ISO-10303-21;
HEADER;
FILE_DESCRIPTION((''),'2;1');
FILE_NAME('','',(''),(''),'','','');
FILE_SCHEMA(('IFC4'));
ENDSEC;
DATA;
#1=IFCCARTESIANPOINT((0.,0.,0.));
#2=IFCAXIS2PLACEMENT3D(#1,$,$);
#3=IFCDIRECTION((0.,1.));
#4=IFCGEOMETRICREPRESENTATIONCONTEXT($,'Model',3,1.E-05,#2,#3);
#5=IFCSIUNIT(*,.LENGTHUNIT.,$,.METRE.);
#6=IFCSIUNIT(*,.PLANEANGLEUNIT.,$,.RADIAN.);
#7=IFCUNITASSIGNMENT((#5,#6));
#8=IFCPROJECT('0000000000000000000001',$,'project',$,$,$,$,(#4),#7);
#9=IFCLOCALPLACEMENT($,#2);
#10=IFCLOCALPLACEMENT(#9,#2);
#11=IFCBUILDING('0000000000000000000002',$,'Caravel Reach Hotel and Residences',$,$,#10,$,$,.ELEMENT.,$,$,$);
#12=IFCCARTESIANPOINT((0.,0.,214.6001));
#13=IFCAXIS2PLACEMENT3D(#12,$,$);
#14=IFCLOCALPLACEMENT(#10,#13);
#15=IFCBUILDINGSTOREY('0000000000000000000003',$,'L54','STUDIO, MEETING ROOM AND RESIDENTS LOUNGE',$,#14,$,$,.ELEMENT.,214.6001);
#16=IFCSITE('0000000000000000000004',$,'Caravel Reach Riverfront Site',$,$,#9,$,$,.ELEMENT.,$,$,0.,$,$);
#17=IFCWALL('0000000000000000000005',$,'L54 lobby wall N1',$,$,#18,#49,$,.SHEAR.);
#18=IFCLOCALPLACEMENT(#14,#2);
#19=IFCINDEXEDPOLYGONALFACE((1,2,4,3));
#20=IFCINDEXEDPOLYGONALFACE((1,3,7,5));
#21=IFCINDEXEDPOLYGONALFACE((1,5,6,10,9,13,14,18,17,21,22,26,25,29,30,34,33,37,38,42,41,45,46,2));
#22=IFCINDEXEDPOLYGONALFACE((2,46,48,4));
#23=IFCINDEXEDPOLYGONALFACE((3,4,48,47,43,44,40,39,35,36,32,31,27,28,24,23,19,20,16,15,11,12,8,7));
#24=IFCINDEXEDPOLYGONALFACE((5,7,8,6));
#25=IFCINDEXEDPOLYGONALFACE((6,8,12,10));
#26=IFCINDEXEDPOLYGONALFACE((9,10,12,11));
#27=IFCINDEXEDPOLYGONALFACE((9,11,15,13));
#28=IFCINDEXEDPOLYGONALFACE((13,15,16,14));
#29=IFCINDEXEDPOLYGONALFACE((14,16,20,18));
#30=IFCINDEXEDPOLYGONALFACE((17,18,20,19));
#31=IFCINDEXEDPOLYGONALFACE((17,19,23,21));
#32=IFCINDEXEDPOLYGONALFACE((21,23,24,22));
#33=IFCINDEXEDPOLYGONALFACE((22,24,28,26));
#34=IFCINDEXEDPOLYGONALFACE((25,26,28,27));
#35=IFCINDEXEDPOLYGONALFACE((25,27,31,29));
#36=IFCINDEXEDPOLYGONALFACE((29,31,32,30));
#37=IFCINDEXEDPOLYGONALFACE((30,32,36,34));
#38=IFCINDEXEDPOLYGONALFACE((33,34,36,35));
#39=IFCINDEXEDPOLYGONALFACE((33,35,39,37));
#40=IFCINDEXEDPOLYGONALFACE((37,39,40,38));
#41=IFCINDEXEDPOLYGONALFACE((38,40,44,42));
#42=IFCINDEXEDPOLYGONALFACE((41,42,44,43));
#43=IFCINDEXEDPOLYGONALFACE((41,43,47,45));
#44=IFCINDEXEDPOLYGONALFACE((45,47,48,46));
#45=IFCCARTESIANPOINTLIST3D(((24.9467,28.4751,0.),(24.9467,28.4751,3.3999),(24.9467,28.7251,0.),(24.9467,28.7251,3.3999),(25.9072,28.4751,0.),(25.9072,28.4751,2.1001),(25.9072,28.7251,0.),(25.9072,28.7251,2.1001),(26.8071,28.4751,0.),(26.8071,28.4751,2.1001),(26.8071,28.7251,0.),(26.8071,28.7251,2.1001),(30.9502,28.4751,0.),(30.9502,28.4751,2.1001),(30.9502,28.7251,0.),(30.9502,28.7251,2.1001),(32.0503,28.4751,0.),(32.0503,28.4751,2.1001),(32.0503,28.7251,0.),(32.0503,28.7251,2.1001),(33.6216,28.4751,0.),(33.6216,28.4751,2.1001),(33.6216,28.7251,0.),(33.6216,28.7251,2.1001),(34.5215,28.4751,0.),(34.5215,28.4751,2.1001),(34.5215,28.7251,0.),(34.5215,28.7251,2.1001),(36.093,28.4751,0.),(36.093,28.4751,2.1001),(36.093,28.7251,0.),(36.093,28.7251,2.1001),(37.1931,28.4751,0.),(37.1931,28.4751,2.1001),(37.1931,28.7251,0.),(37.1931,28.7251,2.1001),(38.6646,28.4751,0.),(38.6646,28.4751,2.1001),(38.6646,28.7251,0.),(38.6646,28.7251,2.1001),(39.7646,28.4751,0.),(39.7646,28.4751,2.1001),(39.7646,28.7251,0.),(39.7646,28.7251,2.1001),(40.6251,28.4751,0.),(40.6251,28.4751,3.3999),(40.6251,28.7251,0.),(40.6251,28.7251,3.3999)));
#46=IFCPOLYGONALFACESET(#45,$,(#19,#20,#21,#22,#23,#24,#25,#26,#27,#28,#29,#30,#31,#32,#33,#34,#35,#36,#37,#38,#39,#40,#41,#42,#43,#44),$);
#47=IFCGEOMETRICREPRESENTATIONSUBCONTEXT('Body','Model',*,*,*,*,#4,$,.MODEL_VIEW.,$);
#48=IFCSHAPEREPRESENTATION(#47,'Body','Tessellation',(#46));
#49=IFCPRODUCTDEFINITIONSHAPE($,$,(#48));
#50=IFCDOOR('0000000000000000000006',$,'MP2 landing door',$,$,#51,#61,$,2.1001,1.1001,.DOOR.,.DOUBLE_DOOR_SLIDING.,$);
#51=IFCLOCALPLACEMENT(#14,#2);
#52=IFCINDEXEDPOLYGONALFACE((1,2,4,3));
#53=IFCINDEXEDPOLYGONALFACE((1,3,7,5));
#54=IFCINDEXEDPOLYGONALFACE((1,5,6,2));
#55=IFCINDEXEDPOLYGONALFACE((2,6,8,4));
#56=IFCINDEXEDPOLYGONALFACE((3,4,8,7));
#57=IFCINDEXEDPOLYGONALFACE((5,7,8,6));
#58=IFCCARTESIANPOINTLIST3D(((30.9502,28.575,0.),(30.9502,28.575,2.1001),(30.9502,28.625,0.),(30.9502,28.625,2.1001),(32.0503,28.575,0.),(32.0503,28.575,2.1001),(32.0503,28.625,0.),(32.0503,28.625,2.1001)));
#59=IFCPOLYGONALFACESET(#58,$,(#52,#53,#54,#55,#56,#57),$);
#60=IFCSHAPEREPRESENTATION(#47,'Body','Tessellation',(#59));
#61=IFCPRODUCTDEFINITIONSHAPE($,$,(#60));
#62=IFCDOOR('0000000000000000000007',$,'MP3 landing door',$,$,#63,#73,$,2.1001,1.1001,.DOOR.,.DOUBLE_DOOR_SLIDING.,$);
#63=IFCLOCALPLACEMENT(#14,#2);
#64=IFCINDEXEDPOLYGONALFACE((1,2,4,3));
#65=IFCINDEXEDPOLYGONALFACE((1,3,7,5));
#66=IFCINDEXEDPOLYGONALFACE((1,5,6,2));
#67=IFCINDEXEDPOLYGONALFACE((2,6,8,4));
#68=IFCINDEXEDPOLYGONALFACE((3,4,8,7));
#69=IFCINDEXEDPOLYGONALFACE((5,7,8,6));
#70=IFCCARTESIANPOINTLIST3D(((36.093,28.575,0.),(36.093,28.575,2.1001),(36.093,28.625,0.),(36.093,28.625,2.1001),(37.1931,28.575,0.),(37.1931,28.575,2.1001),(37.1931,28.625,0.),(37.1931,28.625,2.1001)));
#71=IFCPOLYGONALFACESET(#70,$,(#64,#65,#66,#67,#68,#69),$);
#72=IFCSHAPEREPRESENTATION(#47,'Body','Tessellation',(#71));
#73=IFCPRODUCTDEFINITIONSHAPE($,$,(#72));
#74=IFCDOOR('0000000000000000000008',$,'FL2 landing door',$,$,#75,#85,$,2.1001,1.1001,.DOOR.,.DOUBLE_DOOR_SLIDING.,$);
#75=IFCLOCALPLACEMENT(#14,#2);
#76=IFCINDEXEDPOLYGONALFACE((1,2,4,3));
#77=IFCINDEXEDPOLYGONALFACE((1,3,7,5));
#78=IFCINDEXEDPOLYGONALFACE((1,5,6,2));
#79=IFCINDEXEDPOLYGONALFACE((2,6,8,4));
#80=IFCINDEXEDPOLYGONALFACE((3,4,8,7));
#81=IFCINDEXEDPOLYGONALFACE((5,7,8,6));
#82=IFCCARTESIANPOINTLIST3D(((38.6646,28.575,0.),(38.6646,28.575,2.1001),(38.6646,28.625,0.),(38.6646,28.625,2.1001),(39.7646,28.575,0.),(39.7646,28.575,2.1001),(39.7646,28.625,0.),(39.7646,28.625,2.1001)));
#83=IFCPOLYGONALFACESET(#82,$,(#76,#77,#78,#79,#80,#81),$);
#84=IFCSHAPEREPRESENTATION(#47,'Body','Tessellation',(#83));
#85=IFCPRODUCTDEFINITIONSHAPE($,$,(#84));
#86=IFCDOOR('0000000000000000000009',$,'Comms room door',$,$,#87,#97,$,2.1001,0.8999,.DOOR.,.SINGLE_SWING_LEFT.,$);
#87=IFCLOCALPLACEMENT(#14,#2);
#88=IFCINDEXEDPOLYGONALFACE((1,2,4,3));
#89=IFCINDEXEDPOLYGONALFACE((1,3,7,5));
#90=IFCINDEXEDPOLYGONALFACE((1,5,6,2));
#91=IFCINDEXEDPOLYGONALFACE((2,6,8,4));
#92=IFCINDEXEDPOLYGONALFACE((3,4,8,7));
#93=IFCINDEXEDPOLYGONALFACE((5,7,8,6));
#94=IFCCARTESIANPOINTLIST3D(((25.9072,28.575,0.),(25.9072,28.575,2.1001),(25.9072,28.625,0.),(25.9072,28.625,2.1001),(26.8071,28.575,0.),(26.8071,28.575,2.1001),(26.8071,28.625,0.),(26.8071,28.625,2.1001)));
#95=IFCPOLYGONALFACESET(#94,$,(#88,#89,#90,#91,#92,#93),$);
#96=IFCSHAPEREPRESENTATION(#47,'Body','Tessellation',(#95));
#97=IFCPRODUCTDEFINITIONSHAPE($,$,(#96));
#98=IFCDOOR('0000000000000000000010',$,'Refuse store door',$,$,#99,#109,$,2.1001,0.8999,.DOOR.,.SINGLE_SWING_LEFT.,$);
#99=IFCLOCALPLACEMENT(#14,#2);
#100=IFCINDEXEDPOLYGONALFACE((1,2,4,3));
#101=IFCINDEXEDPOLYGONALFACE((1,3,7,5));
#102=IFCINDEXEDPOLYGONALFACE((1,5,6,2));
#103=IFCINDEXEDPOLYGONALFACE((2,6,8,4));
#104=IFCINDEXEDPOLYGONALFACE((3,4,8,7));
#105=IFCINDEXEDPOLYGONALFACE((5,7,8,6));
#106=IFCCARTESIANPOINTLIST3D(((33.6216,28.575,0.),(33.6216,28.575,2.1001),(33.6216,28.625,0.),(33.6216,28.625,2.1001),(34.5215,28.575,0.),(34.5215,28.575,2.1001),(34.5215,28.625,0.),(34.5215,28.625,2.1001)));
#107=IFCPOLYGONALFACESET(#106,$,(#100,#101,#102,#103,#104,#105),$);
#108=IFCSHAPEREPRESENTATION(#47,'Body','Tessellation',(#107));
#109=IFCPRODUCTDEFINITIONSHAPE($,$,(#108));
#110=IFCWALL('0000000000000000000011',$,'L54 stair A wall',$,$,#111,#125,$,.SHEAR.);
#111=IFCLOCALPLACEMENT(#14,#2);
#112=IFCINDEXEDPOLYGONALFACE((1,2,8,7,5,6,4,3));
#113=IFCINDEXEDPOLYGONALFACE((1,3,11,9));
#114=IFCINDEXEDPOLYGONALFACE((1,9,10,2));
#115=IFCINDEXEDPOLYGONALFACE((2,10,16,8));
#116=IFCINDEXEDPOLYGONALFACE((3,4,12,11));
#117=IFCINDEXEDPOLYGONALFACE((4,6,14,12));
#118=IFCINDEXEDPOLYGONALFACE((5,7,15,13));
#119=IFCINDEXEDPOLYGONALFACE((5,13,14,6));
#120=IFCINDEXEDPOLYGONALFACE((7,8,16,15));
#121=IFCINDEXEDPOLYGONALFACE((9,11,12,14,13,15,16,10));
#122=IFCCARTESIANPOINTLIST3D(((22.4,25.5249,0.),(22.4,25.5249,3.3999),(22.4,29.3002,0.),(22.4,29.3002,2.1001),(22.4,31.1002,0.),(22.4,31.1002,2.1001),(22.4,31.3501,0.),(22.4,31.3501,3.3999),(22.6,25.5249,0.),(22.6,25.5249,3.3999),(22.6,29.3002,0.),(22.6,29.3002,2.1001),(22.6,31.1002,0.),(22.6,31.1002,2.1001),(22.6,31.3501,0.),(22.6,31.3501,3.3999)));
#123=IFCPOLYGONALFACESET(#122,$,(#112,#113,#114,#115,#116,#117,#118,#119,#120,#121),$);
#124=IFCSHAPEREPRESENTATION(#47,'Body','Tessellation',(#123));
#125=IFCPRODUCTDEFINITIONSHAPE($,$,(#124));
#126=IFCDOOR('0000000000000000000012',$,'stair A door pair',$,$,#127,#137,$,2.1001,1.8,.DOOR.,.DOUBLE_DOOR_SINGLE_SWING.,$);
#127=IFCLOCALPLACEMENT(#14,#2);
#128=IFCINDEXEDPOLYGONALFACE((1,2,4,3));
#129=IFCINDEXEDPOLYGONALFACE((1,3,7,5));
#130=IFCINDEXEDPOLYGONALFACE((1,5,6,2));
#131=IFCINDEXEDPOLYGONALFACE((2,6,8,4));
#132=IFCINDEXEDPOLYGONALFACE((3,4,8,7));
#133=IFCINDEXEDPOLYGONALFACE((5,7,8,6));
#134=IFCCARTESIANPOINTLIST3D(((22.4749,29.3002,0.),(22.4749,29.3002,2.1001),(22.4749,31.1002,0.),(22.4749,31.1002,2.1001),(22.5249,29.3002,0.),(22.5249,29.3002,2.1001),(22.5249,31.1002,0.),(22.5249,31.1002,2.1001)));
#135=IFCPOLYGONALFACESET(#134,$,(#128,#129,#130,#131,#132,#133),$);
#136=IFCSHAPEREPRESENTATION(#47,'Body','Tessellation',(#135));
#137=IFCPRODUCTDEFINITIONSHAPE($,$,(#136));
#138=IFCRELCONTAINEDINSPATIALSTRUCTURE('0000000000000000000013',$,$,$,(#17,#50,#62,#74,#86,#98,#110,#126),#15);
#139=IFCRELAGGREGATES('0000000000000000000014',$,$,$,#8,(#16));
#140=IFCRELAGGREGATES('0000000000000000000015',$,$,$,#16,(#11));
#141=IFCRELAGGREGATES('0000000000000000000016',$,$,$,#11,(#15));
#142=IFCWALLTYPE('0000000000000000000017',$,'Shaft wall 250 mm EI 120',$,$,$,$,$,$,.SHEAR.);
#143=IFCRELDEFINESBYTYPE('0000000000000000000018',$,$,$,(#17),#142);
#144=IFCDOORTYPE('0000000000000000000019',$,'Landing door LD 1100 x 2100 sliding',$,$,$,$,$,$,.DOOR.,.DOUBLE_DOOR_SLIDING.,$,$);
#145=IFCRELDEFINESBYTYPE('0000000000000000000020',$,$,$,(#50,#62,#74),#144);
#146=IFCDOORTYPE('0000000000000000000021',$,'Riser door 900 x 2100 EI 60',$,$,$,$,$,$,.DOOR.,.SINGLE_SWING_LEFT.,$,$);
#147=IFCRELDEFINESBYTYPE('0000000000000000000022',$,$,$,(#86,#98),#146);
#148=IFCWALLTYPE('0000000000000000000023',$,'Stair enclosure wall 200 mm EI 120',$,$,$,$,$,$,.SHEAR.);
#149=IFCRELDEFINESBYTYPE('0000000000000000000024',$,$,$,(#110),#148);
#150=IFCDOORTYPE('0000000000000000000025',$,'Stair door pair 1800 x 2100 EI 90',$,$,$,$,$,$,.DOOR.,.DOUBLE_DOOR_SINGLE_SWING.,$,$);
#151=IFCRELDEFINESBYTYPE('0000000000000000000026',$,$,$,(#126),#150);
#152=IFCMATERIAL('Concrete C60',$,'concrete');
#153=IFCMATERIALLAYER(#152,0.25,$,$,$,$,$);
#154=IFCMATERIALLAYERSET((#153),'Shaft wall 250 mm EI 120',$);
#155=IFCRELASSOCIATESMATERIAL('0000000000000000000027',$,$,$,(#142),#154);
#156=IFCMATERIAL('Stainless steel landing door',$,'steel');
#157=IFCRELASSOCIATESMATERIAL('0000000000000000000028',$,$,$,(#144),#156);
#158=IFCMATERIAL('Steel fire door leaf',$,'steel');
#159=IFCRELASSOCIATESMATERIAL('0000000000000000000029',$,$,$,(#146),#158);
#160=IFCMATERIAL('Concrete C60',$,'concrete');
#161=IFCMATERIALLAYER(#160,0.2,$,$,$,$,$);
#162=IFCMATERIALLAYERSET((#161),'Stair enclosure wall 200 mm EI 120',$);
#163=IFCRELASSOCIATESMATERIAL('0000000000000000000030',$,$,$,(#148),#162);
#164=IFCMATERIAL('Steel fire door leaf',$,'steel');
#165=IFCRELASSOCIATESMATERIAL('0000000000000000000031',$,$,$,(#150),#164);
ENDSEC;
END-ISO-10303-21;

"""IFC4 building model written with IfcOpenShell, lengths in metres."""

from ifc_helpers import new_model, si_unit, direction, frame, frame_2d, origin, place, context, subcontext, project, spatial, rectangle, extrude, material, layer, layer_set, type_object, element, fill, save


model = new_model("IFC4")

# Units and contexts
model_context = context("Model", 3, precision=1e-05, world=origin(), true_north=direction((0.0, 1.0)))
body_context = subcontext(model_context, "Body", "Model", "MODEL_VIEW")
ifc_project = project(units=[si_unit("LENGTHUNIT", "METRE"), si_unit("PLANEANGLEUNIT", "RADIAN")], contexts=[model_context])

# Site, building, storey
site_placement = place(None, origin())
site = spatial("IfcSite", under=ifc_project, at=site_placement, Name="Caravel Reach Riverfront Site", CompositionType="ELEMENT", RefElevation=0.0)
building_placement = place(site_placement, origin())
building = spatial("IfcBuilding", under=site, at=building_placement, Name="Caravel Reach Hotel and Residences", CompositionType="ELEMENT")
storey_placement = place(building_placement, frame((0.0, 0.0, 214.6001)))
storey = spatial("IfcBuildingStorey", under=building, at=storey_placement, Name="L54", Description="STUDIO, MEETING ROOM AND RESIDENTS LOUNGE", CompositionType="ELEMENT", Elevation=214.6001)

# Wall, openings, doors
ifc_material_1 = material(Name="Concrete C60", Category="concrete")
ifc_layer_1 = layer(ifc_material_1, 0.25)
ifc_layer_set_1 = layer_set([ifc_layer_1], Name="Shaft wall 250 mm EI 120")
wall_type_1 = type_object("IfcWallType", Name="Shaft wall 250 mm EI 120", PredefinedType="SHEAR", material=ifc_layer_set_1)
wall_1_placement = place(storey_placement, frame((24.9465, 28.6001, 0.0), z_axis=(0.0, 0.0, 1.0), x_axis=(1.0, 0.0, 0.0)))
wall_1 = element("IfcWall", 1, at=wall_1_placement, inside=storey, type_object=wall_type_1, Name="L54 lobby wall N1", PredefinedType="SHEAR", context=body_context, shape_type="SweptSolid", body=[
    extrude(rectangle(XDim=15.6785, YDim=0.25, at=frame_2d((7.8394, 0.0))), origin(), (0.0, 0.0, 1.0), 3.3999),
])
opening_1_placement = place(wall_1_placement, frame((6.0037, 0.0, 0.0)))
opening_1 = element("IfcOpeningElement", 2, at=opening_1_placement, cuts=wall_1, PredefinedType="OPENING", context=body_context, shape_type="SweptSolid", body=[
    extrude(rectangle(XDim=1.1001, YDim=2.1001, at=frame_2d((0.55, 1.05))), frame((0.0, 0.135, 0.0), z_axis=(0.0, -1.0, 0.0), x_axis=(1.0, 0.0, 0.0)), (0.0, 0.0, 1.0), 0.27),
])
opening_2_placement = place(wall_1_placement, frame((11.1465, 0.0, 0.0)))
opening_2 = element("IfcOpeningElement", 3, at=opening_2_placement, cuts=wall_1, PredefinedType="OPENING", context=body_context, shape_type="SweptSolid", body=[
    extrude(rectangle(XDim=1.1001, YDim=2.1001, at=frame_2d((0.55, 1.05))), frame((0.0, 0.135, 0.0), z_axis=(0.0, -1.0, 0.0), x_axis=(1.0, 0.0, 0.0)), (0.0, 0.0, 1.0), 0.27),
])
opening_3_placement = place(wall_1_placement, frame((13.718, 0.0, 0.0)))
opening_3 = element("IfcOpeningElement", 4, at=opening_3_placement, cuts=wall_1, PredefinedType="OPENING", context=body_context, shape_type="SweptSolid", body=[
    extrude(rectangle(XDim=1.1001, YDim=2.1001, at=frame_2d((0.55, 1.05))), frame((0.0, 0.135, 0.0), z_axis=(0.0, -1.0, 0.0), x_axis=(1.0, 0.0, 0.0)), (0.0, 0.0, 1.0), 0.27),
])
opening_4_placement = place(wall_1_placement, frame((0.9607, 0.0, 0.0)))
opening_4 = element("IfcOpeningElement", 5, at=opening_4_placement, cuts=wall_1, PredefinedType="OPENING", context=body_context, shape_type="SweptSolid", body=[
    extrude(rectangle(XDim=0.8999, YDim=2.1001, at=frame_2d((0.45, 1.05))), frame((0.0, 0.135, 0.0), z_axis=(0.0, -1.0, 0.0), x_axis=(1.0, 0.0, 0.0)), (0.0, 0.0, 1.0), 0.27),
])
opening_5_placement = place(wall_1_placement, frame((8.675, 0.0, 0.0)))
opening_5 = element("IfcOpeningElement", 6, at=opening_5_placement, cuts=wall_1, PredefinedType="OPENING", context=body_context, shape_type="SweptSolid", body=[
    extrude(rectangle(XDim=0.8999, YDim=2.1001, at=frame_2d((0.45, 1.05))), frame((0.0, 0.135, 0.0), z_axis=(0.0, -1.0, 0.0), x_axis=(1.0, 0.0, 0.0)), (0.0, 0.0, 1.0), 0.27),
])
ifc_material_2 = material(Name="Stainless steel landing door", Category="steel")
door_type_1 = type_object("IfcDoorType", Name="Landing door LD 1100 x 2100 sliding", OperationType="DOUBLE_DOOR_SLIDING", PredefinedType="DOOR", material=ifc_material_2)
door_1_placement = place(opening_1_placement, origin())
door_1 = element("IfcDoor", 7, at=door_1_placement, inside=storey, type_object=door_type_1, Name="MP2 landing door", OperationType="DOUBLE_DOOR_SLIDING", OverallHeight=2.1001, OverallWidth=1.1001, PredefinedType="DOOR", context=body_context, shape_type="SweptSolid", body=[
    extrude(rectangle(XDim=1.1001, YDim=2.1001, at=frame_2d((0.55, 1.05))), frame((0.0, 0.0249, 0.0), z_axis=(0.0, -1.0, 0.0), x_axis=(1.0, 0.0, 0.0)), (0.0, 0.0, 1.0), 0.05),
])
fill(opening_1, door_1)
door_2_placement = place(opening_2_placement, origin())
door_2 = element("IfcDoor", 8, at=door_2_placement, inside=storey, type_object=door_type_1, Name="MP3 landing door", OperationType="DOUBLE_DOOR_SLIDING", OverallHeight=2.1001, OverallWidth=1.1001, PredefinedType="DOOR", context=body_context, shape_type="SweptSolid", body=[
    extrude(rectangle(XDim=1.1001, YDim=2.1001, at=frame_2d((0.55, 1.05))), frame((0.0, 0.0249, 0.0), z_axis=(0.0, -1.0, 0.0), x_axis=(1.0, 0.0, 0.0)), (0.0, 0.0, 1.0), 0.05),
])
fill(opening_2, door_2)
door_3_placement = place(opening_3_placement, origin())
door_3 = element("IfcDoor", 9, at=door_3_placement, inside=storey, type_object=door_type_1, Name="FL2 landing door", OperationType="DOUBLE_DOOR_SLIDING", OverallHeight=2.1001, OverallWidth=1.1001, PredefinedType="DOOR", context=body_context, shape_type="SweptSolid", body=[
    extrude(rectangle(XDim=1.1001, YDim=2.1001, at=frame_2d((0.55, 1.05))), frame((0.0, 0.0249, 0.0), z_axis=(0.0, -1.0, 0.0), x_axis=(1.0, 0.0, 0.0)), (0.0, 0.0, 1.0), 0.05),
])
fill(opening_3, door_3)
ifc_material_3 = material(Name="Steel fire door leaf", Category="steel")
door_type_2 = type_object("IfcDoorType", Name="Riser door 900 x 2100 EI 60", OperationType="SINGLE_SWING_LEFT", PredefinedType="DOOR", material=ifc_material_3)
door_4_placement = place(opening_4_placement, origin())
door_4 = element("IfcDoor", 10, at=door_4_placement, inside=storey, type_object=door_type_2, Name="Comms room door", OperationType="SINGLE_SWING_LEFT", OverallHeight=2.1001, OverallWidth=0.8999, PredefinedType="DOOR", context=body_context, shape_type="SweptSolid", body=[
    extrude(rectangle(XDim=0.8999, YDim=2.1001, at=frame_2d((0.45, 1.05))), frame((0.0, 0.0249, 0.0), z_axis=(0.0, -1.0, 0.0), x_axis=(1.0, 0.0, 0.0)), (0.0, 0.0, 1.0), 0.05),
])
fill(opening_4, door_4)
door_5_placement = place(opening_5_placement, origin())
door_5 = element("IfcDoor", 11, at=door_5_placement, inside=storey, type_object=door_type_2, Name="Refuse store door", OperationType="SINGLE_SWING_LEFT", OverallHeight=2.1001, OverallWidth=0.8999, PredefinedType="DOOR", context=body_context, shape_type="SweptSolid", body=[
    extrude(rectangle(XDim=0.8999, YDim=2.1001, at=frame_2d((0.45, 1.05))), frame((0.0, 0.0249, 0.0), z_axis=(0.0, -1.0, 0.0), x_axis=(1.0, 0.0, 0.0)), (0.0, 0.0, 1.0), 0.05),
])
fill(opening_5, door_5)

# Wall, opening, door
ifc_material_4 = material(Name="Concrete C60", Category="concrete")
ifc_layer_2 = layer(ifc_material_4, 0.2)
ifc_layer_set_2 = layer_set([ifc_layer_2], Name="Stair enclosure wall 200 mm EI 120")
wall_type_2 = type_object("IfcWallType", Name="Stair enclosure wall 200 mm EI 120", PredefinedType="SHEAR", material=ifc_layer_set_2)
wall_2_placement = place(storey_placement, frame((22.5, 31.3501, 0.0), z_axis=(0.0, 0.0, 1.0), x_axis=(0.0, -1.0, 0.0)))
wall_2 = element("IfcWall", 12, at=wall_2_placement, inside=storey, type_object=wall_type_2, Name="L54 stair A wall", PredefinedType="SHEAR", context=body_context, shape_type="SweptSolid", body=[
    extrude(rectangle(XDim=5.8252, YDim=0.2, at=frame_2d((2.9126, 0.0))), origin(), (0.0, 0.0, 1.0), 3.3999),
])
opening_6_placement = place(wall_2_placement, frame((0.25, 0.0, 0.0)))
opening_6 = element("IfcOpeningElement", 13, at=opening_6_placement, cuts=wall_2, PredefinedType="OPENING", context=body_context, shape_type="SweptSolid", body=[
    extrude(rectangle(XDim=1.8, YDim=2.1001, at=frame_2d((0.8999, 1.05))), frame((0.0, 0.1099, 0.0), z_axis=(0.0, -1.0, 0.0), x_axis=(1.0, 0.0, 0.0)), (0.0, 0.0, 1.0), 0.22),
])
ifc_material_5 = material(Name="Steel fire door leaf", Category="steel")
door_type_3 = type_object("IfcDoorType", Name="Stair door pair 1800 x 2100 EI 90", OperationType="DOUBLE_DOOR_SINGLE_SWING", PredefinedType="DOOR", material=ifc_material_5)
door_6_placement = place(opening_6_placement, origin())
door_6 = element("IfcDoor", 14, at=door_6_placement, inside=storey, type_object=door_type_3, Name="stair A door pair", OperationType="DOUBLE_DOOR_SINGLE_SWING", OverallHeight=2.1001, OverallWidth=1.8, PredefinedType="DOOR", context=body_context, shape_type="SweptSolid", body=[
    extrude(rectangle(XDim=1.8, YDim=2.1001, at=frame_2d((0.8999, 1.05))), frame((0.0, 0.0249, 0.0), z_axis=(0.0, -1.0, 0.0), x_axis=(1.0, 0.0, 0.0)), (0.0, 0.0, 1.0), 0.05),
])
fill(opening_6, door_6)

save(model, "model.ifc")
